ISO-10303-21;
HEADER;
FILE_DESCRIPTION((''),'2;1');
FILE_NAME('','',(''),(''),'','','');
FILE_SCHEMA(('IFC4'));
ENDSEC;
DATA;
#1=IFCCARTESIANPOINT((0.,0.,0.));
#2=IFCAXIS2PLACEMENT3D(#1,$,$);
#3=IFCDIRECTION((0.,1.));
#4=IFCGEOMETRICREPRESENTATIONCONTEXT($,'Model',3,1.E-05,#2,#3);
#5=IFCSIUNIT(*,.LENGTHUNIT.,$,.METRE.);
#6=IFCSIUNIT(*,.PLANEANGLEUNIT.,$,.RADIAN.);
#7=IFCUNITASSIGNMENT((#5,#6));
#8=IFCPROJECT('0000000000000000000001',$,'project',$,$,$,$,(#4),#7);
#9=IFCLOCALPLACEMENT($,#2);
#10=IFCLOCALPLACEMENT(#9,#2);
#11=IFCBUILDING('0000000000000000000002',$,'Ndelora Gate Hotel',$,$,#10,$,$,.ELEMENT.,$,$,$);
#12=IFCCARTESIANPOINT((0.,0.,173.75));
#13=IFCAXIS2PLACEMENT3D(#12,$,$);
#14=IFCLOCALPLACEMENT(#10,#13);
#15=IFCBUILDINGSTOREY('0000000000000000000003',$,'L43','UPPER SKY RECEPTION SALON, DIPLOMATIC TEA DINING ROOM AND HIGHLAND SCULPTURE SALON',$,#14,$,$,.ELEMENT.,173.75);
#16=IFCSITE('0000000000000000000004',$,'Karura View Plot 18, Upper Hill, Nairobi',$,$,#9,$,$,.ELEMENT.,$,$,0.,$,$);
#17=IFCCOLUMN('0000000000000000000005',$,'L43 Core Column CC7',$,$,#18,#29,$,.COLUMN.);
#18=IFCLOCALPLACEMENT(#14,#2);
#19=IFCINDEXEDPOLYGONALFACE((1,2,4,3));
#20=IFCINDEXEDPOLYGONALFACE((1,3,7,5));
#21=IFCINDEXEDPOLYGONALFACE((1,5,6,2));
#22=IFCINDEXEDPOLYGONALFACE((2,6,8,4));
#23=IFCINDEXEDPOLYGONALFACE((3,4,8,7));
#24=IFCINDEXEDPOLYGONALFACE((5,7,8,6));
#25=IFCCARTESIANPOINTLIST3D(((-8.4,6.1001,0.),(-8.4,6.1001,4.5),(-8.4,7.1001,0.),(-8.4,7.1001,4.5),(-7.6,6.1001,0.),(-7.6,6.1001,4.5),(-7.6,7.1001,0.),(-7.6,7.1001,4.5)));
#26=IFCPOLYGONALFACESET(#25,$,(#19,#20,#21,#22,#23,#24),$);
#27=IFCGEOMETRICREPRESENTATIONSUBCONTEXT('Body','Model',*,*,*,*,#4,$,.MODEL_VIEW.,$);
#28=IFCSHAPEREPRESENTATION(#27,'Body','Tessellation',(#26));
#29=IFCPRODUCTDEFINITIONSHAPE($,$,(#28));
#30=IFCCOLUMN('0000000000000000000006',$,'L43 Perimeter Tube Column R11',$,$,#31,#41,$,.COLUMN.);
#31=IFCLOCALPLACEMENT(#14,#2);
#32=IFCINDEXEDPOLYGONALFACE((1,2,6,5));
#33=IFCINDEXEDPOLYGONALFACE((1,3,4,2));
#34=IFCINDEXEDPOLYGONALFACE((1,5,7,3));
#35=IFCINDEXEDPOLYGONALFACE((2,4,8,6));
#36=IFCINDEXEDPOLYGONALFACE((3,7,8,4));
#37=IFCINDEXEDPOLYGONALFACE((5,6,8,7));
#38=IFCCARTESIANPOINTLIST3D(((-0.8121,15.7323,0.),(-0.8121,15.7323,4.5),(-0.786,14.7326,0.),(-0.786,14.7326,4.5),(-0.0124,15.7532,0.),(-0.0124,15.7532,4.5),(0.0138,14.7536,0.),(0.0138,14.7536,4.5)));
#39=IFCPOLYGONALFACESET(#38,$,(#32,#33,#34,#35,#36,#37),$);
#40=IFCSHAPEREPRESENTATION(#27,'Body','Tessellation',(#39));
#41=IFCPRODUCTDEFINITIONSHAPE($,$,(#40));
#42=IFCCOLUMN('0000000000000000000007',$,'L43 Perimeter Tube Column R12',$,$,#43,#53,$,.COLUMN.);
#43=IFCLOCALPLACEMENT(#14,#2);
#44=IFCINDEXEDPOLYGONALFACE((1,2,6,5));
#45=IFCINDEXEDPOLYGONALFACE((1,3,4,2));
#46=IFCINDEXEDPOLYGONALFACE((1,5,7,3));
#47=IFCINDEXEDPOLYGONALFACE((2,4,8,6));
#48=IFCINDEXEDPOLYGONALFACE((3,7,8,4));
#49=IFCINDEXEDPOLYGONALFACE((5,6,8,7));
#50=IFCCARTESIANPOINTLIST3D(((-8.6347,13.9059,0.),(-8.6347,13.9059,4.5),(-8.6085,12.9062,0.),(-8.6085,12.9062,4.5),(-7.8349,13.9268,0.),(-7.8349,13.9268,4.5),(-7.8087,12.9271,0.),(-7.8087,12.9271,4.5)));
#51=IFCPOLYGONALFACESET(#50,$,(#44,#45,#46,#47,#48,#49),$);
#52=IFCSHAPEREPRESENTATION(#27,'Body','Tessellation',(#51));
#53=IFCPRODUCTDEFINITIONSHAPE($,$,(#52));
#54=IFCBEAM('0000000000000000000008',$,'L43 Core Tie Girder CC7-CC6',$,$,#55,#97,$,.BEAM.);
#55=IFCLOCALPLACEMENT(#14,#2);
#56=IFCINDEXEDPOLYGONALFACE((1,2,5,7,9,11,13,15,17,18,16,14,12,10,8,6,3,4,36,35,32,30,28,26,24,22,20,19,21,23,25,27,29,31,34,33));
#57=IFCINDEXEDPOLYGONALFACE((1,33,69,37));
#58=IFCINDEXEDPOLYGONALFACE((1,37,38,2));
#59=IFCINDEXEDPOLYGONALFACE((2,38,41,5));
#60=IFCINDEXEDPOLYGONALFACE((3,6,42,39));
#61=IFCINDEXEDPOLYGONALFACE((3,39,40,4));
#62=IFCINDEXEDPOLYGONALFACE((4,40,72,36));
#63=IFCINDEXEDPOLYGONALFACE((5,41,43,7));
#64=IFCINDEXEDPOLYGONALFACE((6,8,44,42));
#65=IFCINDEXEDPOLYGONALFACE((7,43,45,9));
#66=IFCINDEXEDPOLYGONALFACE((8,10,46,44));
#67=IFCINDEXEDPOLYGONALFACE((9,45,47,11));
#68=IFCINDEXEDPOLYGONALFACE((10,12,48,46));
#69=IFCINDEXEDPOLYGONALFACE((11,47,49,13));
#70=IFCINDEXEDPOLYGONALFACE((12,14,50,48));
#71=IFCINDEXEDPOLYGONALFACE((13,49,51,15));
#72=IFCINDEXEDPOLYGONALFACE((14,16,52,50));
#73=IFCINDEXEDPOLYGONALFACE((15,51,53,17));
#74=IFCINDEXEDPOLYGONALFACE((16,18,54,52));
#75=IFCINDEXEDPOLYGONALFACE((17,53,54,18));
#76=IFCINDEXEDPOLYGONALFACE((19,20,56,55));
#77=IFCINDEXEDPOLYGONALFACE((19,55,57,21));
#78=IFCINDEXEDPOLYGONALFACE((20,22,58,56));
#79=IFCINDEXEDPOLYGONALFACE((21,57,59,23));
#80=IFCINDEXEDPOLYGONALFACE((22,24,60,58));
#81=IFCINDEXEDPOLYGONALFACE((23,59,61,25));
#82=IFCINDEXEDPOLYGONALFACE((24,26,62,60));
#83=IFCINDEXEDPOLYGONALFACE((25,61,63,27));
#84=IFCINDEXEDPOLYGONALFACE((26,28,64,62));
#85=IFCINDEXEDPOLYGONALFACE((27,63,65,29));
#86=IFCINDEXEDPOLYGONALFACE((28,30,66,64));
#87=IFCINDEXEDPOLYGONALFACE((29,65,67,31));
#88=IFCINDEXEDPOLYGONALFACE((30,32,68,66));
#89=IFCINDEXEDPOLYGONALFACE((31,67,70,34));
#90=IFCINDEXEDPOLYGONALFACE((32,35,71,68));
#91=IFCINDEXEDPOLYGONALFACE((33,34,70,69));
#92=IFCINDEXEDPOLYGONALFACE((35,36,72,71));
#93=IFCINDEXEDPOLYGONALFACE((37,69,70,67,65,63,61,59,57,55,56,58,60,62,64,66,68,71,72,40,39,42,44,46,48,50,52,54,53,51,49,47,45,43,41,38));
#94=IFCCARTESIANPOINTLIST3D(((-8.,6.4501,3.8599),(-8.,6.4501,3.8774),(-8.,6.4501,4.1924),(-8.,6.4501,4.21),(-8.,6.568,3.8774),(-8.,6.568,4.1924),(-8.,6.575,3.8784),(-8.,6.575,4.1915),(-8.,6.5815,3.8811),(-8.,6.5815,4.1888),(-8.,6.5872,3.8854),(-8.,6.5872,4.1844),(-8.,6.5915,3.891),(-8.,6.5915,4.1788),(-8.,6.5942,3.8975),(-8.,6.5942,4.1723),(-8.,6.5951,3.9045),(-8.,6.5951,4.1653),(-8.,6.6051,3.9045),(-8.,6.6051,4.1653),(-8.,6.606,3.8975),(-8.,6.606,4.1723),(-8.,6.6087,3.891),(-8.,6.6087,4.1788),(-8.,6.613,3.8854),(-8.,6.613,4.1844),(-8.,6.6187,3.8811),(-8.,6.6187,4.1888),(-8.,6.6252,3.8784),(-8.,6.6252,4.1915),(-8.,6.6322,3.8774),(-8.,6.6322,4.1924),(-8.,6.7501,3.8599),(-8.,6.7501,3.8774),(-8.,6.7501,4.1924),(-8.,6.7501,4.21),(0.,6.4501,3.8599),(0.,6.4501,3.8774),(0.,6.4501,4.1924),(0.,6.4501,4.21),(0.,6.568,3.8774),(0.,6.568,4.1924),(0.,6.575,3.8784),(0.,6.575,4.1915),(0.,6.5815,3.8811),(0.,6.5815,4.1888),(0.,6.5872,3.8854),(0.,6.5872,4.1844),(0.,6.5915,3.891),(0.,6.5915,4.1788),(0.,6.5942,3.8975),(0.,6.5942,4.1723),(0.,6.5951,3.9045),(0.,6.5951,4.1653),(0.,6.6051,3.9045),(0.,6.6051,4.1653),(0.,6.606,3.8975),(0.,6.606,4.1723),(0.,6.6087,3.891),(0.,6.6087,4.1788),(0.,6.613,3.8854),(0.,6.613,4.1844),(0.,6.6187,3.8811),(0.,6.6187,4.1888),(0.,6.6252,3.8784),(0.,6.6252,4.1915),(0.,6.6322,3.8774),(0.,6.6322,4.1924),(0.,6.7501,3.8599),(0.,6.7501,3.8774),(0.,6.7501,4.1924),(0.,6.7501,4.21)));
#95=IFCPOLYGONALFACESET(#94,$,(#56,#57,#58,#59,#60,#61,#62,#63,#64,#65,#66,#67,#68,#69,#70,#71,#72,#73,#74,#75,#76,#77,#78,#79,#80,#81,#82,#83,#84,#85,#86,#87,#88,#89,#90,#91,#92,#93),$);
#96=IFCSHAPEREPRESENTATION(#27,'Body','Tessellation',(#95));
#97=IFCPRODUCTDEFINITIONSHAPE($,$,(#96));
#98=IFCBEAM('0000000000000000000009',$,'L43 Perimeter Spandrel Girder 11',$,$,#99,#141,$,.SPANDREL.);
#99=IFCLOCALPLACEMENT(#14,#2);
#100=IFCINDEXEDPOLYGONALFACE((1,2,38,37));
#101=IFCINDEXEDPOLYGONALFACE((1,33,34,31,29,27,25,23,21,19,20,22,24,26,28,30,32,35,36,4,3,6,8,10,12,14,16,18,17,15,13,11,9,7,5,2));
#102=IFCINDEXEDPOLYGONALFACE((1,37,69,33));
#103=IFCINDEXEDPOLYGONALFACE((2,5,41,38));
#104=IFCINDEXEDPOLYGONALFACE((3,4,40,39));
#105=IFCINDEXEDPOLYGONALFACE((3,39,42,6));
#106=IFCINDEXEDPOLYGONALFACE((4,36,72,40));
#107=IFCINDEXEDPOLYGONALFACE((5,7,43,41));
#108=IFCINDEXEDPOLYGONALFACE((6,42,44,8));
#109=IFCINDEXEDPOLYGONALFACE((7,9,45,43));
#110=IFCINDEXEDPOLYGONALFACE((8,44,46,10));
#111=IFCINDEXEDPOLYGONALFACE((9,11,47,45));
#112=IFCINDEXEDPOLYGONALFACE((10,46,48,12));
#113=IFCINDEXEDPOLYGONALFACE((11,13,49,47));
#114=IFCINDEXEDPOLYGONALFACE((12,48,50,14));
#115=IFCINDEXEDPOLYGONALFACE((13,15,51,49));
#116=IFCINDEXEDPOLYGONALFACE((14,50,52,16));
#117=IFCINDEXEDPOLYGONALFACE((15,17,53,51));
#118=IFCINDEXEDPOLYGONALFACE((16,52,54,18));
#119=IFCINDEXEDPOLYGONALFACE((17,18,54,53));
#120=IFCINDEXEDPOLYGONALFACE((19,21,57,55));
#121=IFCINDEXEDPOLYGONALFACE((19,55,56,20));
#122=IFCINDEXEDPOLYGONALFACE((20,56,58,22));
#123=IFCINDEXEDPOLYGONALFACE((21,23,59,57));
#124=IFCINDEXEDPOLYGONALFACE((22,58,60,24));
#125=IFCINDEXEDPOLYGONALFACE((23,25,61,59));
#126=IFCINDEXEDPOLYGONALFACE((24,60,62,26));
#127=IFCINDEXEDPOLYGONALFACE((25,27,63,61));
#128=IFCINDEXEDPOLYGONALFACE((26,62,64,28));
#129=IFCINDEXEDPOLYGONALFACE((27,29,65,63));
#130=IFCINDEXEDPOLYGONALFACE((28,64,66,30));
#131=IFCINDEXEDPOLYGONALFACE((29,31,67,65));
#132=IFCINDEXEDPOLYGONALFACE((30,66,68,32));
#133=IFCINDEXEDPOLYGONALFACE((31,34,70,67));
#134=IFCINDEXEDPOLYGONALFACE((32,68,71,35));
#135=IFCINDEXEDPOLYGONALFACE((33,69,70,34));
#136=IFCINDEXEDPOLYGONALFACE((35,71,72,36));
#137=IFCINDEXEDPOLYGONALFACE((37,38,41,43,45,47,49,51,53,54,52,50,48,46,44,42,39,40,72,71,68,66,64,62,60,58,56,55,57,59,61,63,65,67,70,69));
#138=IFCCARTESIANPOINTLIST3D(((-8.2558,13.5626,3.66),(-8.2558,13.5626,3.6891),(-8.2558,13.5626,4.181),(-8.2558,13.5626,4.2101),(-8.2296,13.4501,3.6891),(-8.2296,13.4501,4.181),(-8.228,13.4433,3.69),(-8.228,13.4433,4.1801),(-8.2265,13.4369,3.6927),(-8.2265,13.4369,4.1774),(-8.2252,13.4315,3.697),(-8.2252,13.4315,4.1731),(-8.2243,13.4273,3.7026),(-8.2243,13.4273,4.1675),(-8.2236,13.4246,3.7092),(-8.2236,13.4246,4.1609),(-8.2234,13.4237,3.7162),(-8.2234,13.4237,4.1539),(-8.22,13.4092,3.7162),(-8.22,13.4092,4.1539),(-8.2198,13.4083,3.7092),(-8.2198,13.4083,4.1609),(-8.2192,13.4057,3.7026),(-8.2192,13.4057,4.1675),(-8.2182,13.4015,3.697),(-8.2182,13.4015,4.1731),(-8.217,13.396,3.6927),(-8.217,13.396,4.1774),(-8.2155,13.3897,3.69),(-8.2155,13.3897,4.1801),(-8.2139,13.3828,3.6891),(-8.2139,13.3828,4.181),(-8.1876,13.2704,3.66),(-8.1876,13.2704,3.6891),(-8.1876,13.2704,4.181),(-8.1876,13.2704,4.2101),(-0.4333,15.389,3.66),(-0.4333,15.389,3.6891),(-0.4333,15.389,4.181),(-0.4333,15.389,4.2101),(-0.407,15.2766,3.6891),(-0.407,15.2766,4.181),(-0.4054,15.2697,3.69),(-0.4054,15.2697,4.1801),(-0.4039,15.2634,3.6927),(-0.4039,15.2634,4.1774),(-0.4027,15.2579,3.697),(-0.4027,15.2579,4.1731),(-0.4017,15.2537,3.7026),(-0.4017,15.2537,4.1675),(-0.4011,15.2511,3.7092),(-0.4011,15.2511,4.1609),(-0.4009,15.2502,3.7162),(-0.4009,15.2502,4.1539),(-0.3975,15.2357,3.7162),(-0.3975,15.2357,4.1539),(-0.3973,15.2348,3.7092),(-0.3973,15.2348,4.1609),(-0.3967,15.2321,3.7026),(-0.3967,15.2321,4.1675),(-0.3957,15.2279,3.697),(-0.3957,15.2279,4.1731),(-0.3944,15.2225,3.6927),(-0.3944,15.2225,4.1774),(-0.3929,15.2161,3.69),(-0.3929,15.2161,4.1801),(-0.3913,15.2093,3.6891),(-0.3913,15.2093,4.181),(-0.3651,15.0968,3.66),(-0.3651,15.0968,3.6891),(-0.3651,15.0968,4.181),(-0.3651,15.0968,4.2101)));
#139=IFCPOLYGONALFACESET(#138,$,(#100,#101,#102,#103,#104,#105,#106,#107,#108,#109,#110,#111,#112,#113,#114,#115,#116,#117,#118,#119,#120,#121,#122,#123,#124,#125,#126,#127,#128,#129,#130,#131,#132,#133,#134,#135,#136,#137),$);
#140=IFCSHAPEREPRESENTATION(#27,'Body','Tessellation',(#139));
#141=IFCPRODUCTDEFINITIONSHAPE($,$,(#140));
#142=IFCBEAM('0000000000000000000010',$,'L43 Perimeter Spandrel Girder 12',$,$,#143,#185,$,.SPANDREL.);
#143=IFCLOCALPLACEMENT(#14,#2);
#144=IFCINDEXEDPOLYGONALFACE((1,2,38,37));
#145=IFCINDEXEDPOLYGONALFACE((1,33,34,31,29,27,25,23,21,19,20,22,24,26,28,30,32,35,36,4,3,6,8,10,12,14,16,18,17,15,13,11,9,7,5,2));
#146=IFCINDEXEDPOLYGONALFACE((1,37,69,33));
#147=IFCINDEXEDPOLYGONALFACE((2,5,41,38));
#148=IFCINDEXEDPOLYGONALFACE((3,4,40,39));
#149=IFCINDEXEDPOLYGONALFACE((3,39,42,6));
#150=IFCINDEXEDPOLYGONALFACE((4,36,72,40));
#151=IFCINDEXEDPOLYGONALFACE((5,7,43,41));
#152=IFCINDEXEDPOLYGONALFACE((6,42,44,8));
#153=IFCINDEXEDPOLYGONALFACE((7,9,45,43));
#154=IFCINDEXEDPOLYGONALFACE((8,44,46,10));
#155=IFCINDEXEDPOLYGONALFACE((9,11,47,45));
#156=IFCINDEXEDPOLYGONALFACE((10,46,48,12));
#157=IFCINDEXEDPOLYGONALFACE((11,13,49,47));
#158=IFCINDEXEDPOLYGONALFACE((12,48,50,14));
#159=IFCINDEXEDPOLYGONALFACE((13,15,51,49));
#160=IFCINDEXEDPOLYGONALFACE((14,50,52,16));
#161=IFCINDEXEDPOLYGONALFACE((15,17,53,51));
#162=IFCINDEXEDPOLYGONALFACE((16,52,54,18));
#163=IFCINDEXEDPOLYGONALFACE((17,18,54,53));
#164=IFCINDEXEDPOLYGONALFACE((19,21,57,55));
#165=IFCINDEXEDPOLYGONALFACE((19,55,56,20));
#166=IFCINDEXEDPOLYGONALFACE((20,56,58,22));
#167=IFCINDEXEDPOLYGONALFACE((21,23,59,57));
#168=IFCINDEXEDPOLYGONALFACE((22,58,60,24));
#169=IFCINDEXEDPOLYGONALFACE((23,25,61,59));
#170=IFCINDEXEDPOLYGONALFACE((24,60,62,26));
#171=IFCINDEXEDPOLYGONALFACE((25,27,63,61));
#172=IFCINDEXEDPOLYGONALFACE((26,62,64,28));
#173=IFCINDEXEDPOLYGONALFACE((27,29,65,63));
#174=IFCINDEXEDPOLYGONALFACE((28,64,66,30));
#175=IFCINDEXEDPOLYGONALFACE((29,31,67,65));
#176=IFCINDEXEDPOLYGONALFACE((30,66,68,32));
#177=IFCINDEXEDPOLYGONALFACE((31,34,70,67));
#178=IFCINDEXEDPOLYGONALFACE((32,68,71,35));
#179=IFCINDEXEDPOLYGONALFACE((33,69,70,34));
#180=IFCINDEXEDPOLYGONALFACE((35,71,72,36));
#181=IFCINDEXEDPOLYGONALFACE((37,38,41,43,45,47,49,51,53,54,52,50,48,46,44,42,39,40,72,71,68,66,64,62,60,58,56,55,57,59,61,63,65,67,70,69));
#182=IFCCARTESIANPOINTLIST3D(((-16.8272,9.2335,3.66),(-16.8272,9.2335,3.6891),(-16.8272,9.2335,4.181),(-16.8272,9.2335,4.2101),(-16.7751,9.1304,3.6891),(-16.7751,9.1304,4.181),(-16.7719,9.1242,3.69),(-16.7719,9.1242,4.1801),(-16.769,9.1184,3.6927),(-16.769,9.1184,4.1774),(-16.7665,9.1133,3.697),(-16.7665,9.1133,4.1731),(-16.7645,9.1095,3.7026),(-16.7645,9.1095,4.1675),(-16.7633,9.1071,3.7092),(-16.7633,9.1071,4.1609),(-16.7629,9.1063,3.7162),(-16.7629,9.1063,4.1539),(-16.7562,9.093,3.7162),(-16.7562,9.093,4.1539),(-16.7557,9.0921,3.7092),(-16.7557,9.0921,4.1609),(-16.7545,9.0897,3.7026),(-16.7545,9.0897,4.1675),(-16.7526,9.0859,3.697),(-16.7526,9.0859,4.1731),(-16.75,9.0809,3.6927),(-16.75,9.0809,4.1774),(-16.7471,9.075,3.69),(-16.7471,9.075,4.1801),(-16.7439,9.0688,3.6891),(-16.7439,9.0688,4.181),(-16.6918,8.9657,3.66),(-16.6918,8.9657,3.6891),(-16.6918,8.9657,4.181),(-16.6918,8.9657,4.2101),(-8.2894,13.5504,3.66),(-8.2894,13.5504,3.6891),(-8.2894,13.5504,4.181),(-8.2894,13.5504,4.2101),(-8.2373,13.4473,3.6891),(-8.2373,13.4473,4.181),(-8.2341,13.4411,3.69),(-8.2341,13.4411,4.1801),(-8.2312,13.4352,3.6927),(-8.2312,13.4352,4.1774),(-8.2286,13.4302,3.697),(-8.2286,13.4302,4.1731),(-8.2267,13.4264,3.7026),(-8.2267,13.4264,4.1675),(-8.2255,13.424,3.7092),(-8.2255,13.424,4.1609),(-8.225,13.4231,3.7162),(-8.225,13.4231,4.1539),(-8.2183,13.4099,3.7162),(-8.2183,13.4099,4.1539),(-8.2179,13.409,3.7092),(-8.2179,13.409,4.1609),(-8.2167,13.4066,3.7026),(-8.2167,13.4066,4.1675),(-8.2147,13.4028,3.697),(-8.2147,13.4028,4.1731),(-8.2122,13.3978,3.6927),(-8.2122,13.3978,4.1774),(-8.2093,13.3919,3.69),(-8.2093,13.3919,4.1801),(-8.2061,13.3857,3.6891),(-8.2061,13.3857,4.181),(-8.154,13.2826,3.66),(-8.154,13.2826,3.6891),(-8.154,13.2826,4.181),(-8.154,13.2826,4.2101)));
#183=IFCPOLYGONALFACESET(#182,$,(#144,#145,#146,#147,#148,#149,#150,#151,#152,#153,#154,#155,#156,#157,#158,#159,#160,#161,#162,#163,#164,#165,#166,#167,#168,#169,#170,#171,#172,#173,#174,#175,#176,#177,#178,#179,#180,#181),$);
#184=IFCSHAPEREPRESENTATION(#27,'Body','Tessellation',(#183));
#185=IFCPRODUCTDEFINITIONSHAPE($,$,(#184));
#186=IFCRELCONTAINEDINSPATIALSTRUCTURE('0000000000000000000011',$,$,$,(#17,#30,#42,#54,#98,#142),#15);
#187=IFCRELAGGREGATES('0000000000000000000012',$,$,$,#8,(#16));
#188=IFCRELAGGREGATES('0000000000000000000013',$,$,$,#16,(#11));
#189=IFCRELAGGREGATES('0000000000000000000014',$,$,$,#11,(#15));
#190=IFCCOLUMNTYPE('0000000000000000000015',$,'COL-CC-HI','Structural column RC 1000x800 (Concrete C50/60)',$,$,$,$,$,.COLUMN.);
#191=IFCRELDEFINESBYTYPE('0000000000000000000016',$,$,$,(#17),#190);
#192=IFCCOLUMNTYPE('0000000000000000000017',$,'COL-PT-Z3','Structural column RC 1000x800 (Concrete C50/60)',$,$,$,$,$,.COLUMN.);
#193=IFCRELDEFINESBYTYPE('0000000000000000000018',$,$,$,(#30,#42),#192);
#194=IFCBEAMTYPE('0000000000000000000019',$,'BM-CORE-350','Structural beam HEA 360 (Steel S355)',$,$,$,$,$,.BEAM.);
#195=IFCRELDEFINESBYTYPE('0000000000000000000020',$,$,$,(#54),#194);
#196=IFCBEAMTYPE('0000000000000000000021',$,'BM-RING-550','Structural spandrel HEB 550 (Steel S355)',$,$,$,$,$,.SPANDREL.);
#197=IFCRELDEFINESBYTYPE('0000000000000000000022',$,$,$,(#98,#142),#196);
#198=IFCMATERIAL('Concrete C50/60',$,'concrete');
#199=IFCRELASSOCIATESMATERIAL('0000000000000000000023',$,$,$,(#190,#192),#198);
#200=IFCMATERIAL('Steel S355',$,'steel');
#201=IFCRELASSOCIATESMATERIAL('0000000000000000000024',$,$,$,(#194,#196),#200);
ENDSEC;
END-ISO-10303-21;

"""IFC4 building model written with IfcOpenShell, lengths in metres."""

from ifc_helpers import new_model, si_unit, direction, frame, origin, origin_2d, place, context, subcontext, project, spatial, rectangle, i_section, extrude, material, material_profile, profile_set, type_object, element, save


model = new_model("IFC4")

# Units and contexts
model_context = context("Model", 3, precision=1e-05, world=origin(), true_north=direction((0.0, 1.0)))
body_context = subcontext(model_context, "Body", "Model", "MODEL_VIEW")
ifc_project = project(units=[si_unit("LENGTHUNIT", "METRE"), si_unit("PLANEANGLEUNIT", "RADIAN")], contexts=[model_context])

# Site, building, storey
site_placement = place(None, origin())
site = spatial("IfcSite", under=ifc_project, at=site_placement, Name="Karura View Plot 18, Upper Hill, Nairobi", CompositionType="ELEMENT", RefElevation=0.0)
building_placement = place(site_placement, origin())
building = spatial("IfcBuilding", under=site, at=building_placement, Name="Ndelora Gate Hotel", CompositionType="ELEMENT")
storey_placement = place(building_placement, frame((0.0, 0.0, 173.75)))
storey = spatial("IfcBuildingStorey", under=building, at=storey_placement, Name="L43", Description="UPPER SKY RECEPTION SALON, DIPLOMATIC TEA DINING ROOM AND HIGHLAND SCULPTURE SALON", CompositionType="ELEMENT", Elevation=173.75)

# Columns
ifc_material_1 = material(Name="Concrete C50/60", Category="concrete")
ifc_material_profile_1 = material_profile(ifc_material_1, rectangle(XDim=0.8, YDim=1.0, at=origin_2d()), Name="RC 1000x800")
ifc_profile_set_1 = profile_set([ifc_material_profile_1], Name="Concrete C50/60")
column_type_1 = type_object("IfcColumnType", Name="COL-CC-HI", Description="Structural column RC 1000x800 (Concrete C50/60)", PredefinedType="COLUMN", material=ifc_profile_set_1)
column_placement = place(storey_placement, frame((-8.0, 6.6001, 0.0), z_axis=(0.0, 0.0, 1.0), x_axis=(1.0, 0.0, 0.0)))
element("IfcColumn", 1, at=column_placement, inside=storey, type_object=column_type_1, Name="L43 Core Column CC7", PredefinedType="COLUMN", context=body_context, shape_type="SweptSolid", body=[
    extrude(rectangle(XDim=0.8, YDim=1.0, at=origin_2d()), origin(), (0.0, 0.0, 1.0), 4.5),
])
ifc_material_profile_2 = material_profile(ifc_material_1, rectangle(XDim=0.8, YDim=1.0, at=origin_2d()), Name="RC 1000x800")
ifc_profile_set_2 = profile_set([ifc_material_profile_2], Name="Concrete C50/60")
column_type_2 = type_object("IfcColumnType", Name="COL-PT-Z3", Description="Structural column RC 1000x800 (Concrete C50/60)", PredefinedType="COLUMN", material=ifc_profile_set_2)
for number, where, z_axis, x_axis, name in (
    (2, (-0.3992, 15.2429, 0.0), (0.0, 0.0, 1.0), (0.999657, 0.026177, 0.0), "L43 Perimeter Tube Column R11"),
    (3, (-8.2217, 13.4165, 0.0), (0.0, 0.0, 1.0), (0.999657, 0.026177, 0.0), "L43 Perimeter Tube Column R12"),
):
    element("IfcColumn", number, at=place(storey_placement, frame(where, z_axis=z_axis, x_axis=x_axis)), inside=storey, type_object=column_type_2, Name=name, PredefinedType="COLUMN", context=body_context, shape_type="SweptSolid", body=[
        extrude(rectangle(XDim=0.8, YDim=1.0, at=origin_2d()), origin(), (0.0, 0.0, 1.0), 4.5),
    ])

# Beams
ifc_material_2 = material(Name="Steel S355", Category="steel")
ifc_material_profile_3 = material_profile(ifc_material_2, i_section(OverallWidth=0.3, OverallDepth=0.3501, WebThickness=0.01, FlangeThickness=0.0176, FilletRadius=0.0271, at=origin_2d()), Name="HEA 360")
ifc_profile_set_3 = profile_set([ifc_material_profile_3], Name="Steel S355")
beam_type_1 = type_object("IfcBeamType", Name="BM-CORE-350", Description="Structural beam HEA 360 (Steel S355)", PredefinedType="BEAM", material=ifc_profile_set_3)
beam_1_placement = place(storey_placement, frame((-8.0, 6.6001, 4.0349), z_axis=(1.0, 0.0, 0.0), x_axis=(0.0, 1.0, 0.0)))
element("IfcBeam", 4, at=beam_1_placement, inside=storey, type_object=beam_type_1, Name="L43 Core Tie Girder CC7-CC6", PredefinedType="BEAM", context=body_context, shape_type="SweptSolid", body=[
    extrude(i_section(OverallWidth=0.3, OverallDepth=0.3501, WebThickness=0.01, FlangeThickness=0.0176, FilletRadius=0.0271, at=origin_2d()), origin(), (0.0, 0.0, 1.0), 8.0),
])
ifc_material_profile_4 = material_profile(ifc_material_2, i_section(OverallWidth=0.3, OverallDepth=0.55, WebThickness=0.0149, FlangeThickness=0.0291, FilletRadius=0.0271, at=origin_2d()), Name="HEB 550")
ifc_profile_set_4 = profile_set([ifc_material_profile_4], Name="Steel S355")
beam_type_2 = type_object("IfcBeamType", Name="BM-RING-550", Description="Structural spandrel HEB 550 (Steel S355)", PredefinedType="SPANDREL", material=ifc_profile_set_4)
beam_2_placement = place(storey_placement, frame((-0.3992, 15.2429, 3.9351), z_axis=(-0.973809, -0.227367, 0.0), x_axis=(0.227367, -0.973809, 0.0)))
element("IfcBeam", 5, at=beam_2_placement, inside=storey, type_object=beam_type_2, Name="L43 Perimeter Spandrel Girder 11", PredefinedType="SPANDREL", context=body_context, shape_type="SweptSolid", body=[
    extrude(i_section(OverallWidth=0.3, OverallDepth=0.55, WebThickness=0.0149, FlangeThickness=0.0291, FilletRadius=0.0271, at=origin_2d()), origin(), (0.0, 0.0, 1.0), 8.033),
])
beam_3_placement = place(storey_placement, frame((-8.2217, 13.4165, 3.9351), z_axis=(-0.892412, -0.451221, 0.0), x_axis=(0.451221, -0.892412, 0.0)))
element("IfcBeam", 6, at=beam_3_placement, inside=storey, type_object=beam_type_2, Name="L43 Perimeter Spandrel Girder 12", PredefinedType="SPANDREL", context=body_context, shape_type="SweptSolid", body=[
    extrude(i_section(OverallWidth=0.3, OverallDepth=0.55, WebThickness=0.0149, FlangeThickness=0.0291, FilletRadius=0.0271, at=origin_2d()), origin(), (0.0, 0.0, 1.0), 9.5671),
])

save(model, "model.ifc")
